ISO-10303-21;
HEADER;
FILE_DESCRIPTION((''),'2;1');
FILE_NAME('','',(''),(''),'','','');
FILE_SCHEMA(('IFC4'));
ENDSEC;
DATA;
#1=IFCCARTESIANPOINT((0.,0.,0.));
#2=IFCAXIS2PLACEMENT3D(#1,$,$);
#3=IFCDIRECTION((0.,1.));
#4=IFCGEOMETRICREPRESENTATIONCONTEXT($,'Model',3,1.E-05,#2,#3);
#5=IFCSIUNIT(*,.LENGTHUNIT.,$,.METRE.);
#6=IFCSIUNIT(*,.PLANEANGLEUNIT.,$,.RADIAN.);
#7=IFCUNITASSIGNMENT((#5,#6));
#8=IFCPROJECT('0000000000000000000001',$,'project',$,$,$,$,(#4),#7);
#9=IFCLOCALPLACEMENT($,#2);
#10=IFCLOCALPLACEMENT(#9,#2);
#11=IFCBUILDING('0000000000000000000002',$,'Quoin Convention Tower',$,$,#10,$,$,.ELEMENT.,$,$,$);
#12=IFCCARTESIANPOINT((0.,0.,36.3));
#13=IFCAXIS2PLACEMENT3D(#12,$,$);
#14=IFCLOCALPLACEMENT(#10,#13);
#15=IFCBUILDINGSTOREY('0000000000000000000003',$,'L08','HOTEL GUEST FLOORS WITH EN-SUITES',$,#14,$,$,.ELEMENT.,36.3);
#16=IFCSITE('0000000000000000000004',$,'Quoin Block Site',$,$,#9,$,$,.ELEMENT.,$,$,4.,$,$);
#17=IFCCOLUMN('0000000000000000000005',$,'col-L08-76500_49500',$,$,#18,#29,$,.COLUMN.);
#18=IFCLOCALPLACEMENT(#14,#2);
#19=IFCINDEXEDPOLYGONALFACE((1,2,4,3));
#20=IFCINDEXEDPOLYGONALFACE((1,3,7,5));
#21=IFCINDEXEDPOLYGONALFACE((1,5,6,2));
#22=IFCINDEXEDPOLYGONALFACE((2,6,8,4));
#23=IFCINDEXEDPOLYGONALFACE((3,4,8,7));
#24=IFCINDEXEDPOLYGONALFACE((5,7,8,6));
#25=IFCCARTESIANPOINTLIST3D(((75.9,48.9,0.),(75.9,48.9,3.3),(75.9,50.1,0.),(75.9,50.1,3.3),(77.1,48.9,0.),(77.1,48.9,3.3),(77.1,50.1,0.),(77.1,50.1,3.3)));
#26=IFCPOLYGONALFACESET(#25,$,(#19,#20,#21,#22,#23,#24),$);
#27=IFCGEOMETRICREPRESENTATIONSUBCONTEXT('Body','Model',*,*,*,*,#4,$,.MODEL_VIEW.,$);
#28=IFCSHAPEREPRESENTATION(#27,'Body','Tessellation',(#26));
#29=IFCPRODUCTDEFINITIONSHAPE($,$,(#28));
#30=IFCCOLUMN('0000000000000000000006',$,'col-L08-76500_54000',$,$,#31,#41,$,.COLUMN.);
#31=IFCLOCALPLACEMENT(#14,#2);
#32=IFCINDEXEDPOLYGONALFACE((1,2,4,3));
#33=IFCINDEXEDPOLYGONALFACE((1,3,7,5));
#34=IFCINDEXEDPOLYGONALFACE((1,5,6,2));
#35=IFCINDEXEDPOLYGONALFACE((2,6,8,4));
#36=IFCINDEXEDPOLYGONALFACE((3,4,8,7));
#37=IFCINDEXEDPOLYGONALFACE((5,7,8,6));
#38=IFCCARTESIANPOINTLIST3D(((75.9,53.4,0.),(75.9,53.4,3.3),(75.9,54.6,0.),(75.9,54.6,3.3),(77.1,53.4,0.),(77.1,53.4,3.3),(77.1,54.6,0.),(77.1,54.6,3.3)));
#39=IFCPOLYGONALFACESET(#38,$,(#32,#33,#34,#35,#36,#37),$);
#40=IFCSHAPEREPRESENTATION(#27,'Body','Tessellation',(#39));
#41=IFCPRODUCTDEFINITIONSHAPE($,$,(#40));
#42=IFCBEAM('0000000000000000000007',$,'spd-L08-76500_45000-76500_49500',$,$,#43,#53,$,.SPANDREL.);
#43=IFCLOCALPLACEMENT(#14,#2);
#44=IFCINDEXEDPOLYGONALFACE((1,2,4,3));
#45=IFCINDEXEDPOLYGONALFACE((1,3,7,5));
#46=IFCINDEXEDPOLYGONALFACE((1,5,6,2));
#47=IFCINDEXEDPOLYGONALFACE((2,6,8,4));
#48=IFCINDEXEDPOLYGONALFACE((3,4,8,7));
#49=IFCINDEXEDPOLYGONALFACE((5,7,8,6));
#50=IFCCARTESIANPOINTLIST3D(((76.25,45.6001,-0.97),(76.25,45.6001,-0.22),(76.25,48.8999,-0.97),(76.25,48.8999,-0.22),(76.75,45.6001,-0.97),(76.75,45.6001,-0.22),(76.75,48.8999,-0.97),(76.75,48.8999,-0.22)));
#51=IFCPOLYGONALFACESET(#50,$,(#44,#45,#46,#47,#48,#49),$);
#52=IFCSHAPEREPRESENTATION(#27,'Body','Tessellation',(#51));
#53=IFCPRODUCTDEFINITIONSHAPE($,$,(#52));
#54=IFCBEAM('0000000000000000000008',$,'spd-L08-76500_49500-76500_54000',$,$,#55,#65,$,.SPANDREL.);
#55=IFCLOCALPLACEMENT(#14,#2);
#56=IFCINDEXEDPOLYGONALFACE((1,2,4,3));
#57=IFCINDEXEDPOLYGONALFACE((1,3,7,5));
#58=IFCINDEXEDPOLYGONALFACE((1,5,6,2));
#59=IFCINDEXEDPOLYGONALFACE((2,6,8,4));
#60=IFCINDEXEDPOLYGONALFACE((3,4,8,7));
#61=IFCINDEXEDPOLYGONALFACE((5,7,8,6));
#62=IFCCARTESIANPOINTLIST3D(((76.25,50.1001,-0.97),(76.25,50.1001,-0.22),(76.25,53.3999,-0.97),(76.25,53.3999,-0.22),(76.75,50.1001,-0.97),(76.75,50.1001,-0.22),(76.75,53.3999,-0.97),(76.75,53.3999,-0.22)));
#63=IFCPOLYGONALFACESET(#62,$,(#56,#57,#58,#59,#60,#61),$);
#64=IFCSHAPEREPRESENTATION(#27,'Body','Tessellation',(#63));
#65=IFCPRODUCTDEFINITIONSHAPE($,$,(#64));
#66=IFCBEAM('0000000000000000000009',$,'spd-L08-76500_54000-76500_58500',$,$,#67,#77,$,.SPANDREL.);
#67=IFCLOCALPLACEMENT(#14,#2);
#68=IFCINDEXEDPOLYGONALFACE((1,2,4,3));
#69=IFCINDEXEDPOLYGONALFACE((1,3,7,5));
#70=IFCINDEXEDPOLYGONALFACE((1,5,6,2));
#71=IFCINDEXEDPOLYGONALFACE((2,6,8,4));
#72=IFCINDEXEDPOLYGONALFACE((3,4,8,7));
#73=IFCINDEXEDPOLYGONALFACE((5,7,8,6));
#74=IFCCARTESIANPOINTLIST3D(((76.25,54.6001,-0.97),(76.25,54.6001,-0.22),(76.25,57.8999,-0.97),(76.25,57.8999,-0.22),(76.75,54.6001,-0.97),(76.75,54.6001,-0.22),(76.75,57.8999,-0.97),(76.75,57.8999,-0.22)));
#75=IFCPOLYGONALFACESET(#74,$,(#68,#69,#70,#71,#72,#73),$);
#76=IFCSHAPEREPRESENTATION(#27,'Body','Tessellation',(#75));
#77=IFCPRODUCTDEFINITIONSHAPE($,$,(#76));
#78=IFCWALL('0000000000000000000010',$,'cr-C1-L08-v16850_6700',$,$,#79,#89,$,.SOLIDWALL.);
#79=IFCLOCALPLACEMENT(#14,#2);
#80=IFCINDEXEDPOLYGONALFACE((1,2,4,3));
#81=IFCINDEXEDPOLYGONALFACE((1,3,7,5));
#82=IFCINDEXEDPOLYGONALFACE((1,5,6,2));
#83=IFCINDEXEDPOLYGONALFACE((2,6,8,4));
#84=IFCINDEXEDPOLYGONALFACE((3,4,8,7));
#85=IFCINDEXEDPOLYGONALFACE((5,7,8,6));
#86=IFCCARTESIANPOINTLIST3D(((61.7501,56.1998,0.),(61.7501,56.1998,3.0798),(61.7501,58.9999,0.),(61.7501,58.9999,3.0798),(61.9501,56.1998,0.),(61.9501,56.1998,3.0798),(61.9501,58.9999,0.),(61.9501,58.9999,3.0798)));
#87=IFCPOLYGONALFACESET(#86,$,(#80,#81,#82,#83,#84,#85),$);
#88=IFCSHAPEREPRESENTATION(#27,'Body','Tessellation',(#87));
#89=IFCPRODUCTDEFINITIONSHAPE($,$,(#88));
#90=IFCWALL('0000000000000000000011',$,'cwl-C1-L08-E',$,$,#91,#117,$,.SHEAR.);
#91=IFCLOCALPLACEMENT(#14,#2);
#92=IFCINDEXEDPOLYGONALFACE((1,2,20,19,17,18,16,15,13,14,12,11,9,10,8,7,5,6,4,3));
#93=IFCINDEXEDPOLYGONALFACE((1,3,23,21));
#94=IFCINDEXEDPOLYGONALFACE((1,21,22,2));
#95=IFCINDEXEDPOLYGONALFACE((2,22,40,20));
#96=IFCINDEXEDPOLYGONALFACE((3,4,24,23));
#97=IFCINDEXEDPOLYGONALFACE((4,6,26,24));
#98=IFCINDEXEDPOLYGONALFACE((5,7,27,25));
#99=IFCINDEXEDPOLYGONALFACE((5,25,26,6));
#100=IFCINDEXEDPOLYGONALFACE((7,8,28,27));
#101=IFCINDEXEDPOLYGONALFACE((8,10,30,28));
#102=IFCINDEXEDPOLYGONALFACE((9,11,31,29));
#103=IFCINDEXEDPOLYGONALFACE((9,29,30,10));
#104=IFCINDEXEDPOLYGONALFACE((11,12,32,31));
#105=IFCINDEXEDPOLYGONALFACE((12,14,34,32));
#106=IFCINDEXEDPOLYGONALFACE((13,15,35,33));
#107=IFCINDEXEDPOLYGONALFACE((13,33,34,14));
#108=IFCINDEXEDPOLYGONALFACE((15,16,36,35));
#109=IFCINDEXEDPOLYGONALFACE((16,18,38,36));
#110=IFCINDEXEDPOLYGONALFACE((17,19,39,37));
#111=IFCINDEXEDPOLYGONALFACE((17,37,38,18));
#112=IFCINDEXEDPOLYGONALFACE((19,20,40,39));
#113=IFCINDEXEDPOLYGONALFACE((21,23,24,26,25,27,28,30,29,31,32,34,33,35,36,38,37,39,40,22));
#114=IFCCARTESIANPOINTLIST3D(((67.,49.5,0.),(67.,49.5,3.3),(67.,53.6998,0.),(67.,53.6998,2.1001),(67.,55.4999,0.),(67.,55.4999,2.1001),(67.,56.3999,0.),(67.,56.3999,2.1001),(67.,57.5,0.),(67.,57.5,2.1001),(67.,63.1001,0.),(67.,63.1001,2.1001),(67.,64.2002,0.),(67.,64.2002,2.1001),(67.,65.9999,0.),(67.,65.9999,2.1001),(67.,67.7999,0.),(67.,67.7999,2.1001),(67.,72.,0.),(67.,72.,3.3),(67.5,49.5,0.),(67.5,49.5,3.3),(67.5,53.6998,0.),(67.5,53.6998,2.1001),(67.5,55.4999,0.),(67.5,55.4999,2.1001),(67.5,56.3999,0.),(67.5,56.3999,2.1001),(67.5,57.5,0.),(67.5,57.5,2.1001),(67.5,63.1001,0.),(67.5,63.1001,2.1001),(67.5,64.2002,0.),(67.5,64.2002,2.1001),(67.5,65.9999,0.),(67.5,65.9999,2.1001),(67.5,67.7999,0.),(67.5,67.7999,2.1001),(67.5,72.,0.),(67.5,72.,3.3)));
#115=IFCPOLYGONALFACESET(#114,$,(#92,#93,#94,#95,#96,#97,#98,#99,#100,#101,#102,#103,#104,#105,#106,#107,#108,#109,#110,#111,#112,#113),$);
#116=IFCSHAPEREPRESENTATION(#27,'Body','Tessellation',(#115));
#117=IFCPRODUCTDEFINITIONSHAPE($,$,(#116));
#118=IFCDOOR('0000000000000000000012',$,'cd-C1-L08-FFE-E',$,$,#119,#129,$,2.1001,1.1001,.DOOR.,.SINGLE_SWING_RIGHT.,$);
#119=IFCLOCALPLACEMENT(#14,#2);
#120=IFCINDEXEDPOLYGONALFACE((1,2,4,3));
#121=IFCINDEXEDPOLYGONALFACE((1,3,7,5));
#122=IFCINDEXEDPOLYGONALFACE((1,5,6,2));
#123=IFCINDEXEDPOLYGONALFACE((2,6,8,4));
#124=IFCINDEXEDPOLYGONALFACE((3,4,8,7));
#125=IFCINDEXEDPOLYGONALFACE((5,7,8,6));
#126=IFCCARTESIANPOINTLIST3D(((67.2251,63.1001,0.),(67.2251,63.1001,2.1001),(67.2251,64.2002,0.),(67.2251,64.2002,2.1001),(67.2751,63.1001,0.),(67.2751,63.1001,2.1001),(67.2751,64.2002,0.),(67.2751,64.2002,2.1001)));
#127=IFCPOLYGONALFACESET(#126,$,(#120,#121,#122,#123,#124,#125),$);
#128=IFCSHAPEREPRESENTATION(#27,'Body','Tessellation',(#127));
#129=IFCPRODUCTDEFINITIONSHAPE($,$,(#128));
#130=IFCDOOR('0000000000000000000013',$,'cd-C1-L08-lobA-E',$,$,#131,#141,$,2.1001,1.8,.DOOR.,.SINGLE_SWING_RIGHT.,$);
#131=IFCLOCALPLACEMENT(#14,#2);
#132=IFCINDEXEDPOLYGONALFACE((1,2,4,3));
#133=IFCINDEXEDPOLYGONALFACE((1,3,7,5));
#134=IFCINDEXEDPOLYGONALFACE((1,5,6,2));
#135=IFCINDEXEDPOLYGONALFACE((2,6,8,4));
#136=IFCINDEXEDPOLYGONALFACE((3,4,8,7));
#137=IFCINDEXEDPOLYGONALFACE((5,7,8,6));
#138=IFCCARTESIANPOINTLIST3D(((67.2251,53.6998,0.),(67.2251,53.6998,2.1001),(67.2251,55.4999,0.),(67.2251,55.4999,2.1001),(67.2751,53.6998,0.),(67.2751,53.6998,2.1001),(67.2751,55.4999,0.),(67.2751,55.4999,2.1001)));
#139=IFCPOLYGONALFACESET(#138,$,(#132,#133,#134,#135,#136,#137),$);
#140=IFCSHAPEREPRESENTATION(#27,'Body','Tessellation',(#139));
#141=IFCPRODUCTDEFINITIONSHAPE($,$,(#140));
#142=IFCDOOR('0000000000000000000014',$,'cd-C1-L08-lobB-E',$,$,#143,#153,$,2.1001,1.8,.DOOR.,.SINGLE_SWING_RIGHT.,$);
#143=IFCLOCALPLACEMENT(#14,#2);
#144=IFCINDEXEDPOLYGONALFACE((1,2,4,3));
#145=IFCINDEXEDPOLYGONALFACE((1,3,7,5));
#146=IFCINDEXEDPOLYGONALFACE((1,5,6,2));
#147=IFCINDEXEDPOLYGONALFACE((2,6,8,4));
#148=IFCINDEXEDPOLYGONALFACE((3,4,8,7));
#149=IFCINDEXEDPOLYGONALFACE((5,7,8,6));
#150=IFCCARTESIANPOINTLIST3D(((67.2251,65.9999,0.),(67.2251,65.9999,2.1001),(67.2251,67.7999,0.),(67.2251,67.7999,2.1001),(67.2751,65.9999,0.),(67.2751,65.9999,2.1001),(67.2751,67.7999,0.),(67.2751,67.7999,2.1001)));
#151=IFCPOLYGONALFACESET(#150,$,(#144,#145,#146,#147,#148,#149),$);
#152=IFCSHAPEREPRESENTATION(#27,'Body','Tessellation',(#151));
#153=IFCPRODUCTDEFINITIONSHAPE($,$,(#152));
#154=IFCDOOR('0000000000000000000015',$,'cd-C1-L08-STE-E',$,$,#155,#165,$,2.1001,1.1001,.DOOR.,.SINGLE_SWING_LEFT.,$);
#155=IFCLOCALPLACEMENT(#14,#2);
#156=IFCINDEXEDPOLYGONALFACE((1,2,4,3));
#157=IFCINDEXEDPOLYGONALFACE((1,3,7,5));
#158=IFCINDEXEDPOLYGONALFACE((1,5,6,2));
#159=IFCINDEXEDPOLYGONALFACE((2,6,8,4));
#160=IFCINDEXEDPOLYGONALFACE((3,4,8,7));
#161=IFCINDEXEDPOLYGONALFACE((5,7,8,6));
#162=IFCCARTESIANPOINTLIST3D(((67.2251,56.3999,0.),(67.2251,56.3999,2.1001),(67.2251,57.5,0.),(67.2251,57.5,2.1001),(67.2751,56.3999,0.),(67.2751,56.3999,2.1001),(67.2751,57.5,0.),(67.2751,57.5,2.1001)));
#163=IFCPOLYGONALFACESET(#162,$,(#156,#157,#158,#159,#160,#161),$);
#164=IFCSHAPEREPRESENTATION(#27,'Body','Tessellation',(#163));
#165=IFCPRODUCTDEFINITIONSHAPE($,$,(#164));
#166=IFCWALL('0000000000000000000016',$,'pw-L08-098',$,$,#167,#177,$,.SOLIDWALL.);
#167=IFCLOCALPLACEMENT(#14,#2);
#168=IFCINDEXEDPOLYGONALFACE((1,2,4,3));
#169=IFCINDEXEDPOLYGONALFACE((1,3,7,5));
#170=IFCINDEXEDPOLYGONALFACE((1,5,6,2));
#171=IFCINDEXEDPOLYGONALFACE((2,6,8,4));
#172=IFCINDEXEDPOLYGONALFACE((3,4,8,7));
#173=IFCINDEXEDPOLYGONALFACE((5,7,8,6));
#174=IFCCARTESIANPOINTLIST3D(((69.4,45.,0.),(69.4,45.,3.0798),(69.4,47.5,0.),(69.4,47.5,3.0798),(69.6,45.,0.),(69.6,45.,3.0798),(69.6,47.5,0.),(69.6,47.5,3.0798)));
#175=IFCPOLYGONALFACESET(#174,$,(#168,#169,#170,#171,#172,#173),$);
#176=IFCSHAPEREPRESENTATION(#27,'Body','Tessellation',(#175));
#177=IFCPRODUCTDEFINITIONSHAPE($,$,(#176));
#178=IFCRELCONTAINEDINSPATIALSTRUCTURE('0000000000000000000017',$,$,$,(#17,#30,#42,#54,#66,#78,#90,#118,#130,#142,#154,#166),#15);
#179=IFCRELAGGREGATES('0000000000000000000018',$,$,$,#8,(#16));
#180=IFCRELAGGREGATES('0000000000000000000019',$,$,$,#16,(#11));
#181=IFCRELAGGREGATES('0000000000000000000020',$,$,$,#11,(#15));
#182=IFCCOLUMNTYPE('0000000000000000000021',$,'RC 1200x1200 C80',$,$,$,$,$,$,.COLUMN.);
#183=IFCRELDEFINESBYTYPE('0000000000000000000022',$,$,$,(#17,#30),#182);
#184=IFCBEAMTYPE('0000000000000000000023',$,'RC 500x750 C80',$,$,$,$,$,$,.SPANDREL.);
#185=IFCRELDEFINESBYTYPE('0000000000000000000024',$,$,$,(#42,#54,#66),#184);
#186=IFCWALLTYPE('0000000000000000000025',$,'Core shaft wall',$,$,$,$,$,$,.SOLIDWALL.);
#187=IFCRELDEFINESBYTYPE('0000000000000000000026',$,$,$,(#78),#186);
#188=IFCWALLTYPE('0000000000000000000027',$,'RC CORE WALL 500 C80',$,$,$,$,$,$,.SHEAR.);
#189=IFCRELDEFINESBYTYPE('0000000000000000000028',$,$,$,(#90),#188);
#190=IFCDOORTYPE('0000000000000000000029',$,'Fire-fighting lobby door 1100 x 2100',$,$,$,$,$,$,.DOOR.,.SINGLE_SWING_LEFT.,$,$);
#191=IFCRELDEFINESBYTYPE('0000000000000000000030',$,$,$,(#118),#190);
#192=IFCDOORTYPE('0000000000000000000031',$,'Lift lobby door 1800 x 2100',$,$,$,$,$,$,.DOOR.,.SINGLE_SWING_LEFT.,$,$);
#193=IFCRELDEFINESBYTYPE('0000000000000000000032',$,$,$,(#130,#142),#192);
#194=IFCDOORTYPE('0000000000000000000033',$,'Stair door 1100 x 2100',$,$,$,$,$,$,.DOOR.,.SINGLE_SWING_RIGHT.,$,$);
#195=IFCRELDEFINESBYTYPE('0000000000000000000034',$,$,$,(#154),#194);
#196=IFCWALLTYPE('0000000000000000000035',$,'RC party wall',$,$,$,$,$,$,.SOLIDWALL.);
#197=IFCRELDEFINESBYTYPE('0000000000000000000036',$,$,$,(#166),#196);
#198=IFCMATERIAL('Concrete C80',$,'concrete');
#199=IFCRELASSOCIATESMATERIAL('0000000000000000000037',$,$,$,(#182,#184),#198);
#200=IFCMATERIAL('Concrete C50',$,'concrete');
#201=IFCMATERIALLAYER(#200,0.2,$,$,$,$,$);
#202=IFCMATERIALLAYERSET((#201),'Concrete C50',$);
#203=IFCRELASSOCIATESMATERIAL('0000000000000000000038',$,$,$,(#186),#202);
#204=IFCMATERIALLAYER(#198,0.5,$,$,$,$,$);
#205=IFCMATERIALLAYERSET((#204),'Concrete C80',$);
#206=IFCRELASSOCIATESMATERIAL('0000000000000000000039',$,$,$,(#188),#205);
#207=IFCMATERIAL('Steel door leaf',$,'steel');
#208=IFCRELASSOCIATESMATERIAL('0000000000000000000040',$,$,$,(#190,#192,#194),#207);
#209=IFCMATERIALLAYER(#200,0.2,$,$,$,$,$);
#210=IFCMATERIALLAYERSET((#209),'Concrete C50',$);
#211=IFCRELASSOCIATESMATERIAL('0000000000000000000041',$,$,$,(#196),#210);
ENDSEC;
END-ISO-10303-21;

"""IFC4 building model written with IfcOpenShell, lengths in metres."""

from ifc_helpers import new_model, si_unit, direction, frame, frame_2d, origin, origin_2d, place, context, subcontext, project, spatial, rectangle, extrude, material, layer, layer_set, material_profile, profile_set, type_object, element, fill, save


model = new_model("IFC4")

# Units and contexts
model_context = context("Model", 3, precision=1e-05, world=origin(), true_north=direction((0.0, 1.0)))
body_context = subcontext(model_context, "Body", "Model", "MODEL_VIEW")
ifc_project = project(units=[si_unit("LENGTHUNIT", "METRE"), si_unit("PLANEANGLEUNIT", "RADIAN")], contexts=[model_context])

# Site, building, storey
site_placement = place(None, origin())
site = spatial("IfcSite", under=ifc_project, at=site_placement, Name="Quoin Block Site", CompositionType="ELEMENT", RefElevation=4.0)
building_placement = place(site_placement, origin())
building = spatial("IfcBuilding", under=site, at=building_placement, Name="Quoin Convention Tower", CompositionType="ELEMENT")
storey_placement = place(building_placement, frame((0.0, 0.0, 36.3)))
storey = spatial("IfcBuildingStorey", under=building, at=storey_placement, Name="L08", Description="HOTEL GUEST FLOORS WITH EN-SUITES", CompositionType="ELEMENT", Elevation=36.3)

# Columns
ifc_material_1 = material(Name="Concrete C80", Category="concrete")
ifc_material_profile_1 = material_profile(ifc_material_1, rectangle(XDim=1.2, YDim=1.2, at=origin_2d()), Name="RC 1200x1200")
ifc_profile_set_1 = profile_set([ifc_material_profile_1], Name="Concrete C80")
column_type = type_object("IfcColumnType", Name="RC 1200x1200 C80", PredefinedType="COLUMN", material=ifc_profile_set_1)
for number, where, z_axis, x_axis, name in (
    (1, (76.5, 49.5, 0.0), (0.0, 0.0, 1.0), (1.0, 0.0, 0.0), "col-L08-76500_49500"),
    (2, (76.5, 54.0, 0.0), (0.0, 0.0, 1.0), (1.0, 0.0, 0.0), "col-L08-76500_54000"),
):
    element("IfcColumn", number, at=place(storey_placement, frame(where, z_axis=z_axis, x_axis=x_axis)), inside=storey, type_object=column_type, Name=name, PredefinedType="COLUMN", context=body_context, shape_type="SweptSolid", body=[
        extrude(rectangle(XDim=1.2, YDim=1.2, at=origin_2d()), origin(), (0.0, 0.0, 1.0), 3.3),
    ])

# Beams
ifc_material_profile_2 = material_profile(ifc_material_1, rectangle(XDim=0.5, YDim=0.75, at=origin_2d()), Name="RC 500x750")
ifc_profile_set_2 = profile_set([ifc_material_profile_2], Name="Concrete C80")
beam_type = type_object("IfcBeamType", Name="RC 500x750 C80", PredefinedType="SPANDREL", material=ifc_profile_set_2)
for number, where, z_axis, x_axis, name in (
    (3, (76.5, 45.6001, -0.595), (0.0, 1.0, 0.0), (-1.0, 0.0, 0.0), "spd-L08-76500_45000-76500_49500"),
    (4, (76.5, 50.1001, -0.595), (0.0, 1.0, 0.0), (-1.0, 0.0, 0.0), "spd-L08-76500_49500-76500_54000"),
    (5, (76.5, 54.6001, -0.595), (0.0, 1.0, 0.0), (-1.0, 0.0, 0.0), "spd-L08-76500_54000-76500_58500"),
):
    element("IfcBeam", number, at=place(storey_placement, frame(where, z_axis=z_axis, x_axis=x_axis)), inside=storey, type_object=beam_type, Name=name, PredefinedType="SPANDREL", context=body_context, shape_type="SweptSolid", body=[
        extrude(rectangle(XDim=0.5, YDim=0.75, at=origin_2d()), origin(), (0.0, 0.0, 1.0), 3.2998),
    ])

# Wall
ifc_material_2 = material(Name="Concrete C50", Category="concrete")
ifc_layer_1 = layer(ifc_material_2, 0.2)
ifc_layer_set_1 = layer_set([ifc_layer_1], Name="Concrete C50")
wall_type_1 = type_object("IfcWallType", Name="Core shaft wall", PredefinedType="SOLIDWALL", material=ifc_layer_set_1)
wall_1_placement = place(storey_placement, frame((61.8501, 56.2, 0.0), z_axis=(0.0, 0.0, 1.0), x_axis=(0.0, 1.0, 0.0)))
element("IfcWall", 6, at=wall_1_placement, inside=storey, type_object=wall_type_1, Name="cr-C1-L08-v16850_6700", PredefinedType="SOLIDWALL", context=body_context, shape_type="SweptSolid", body=[
    extrude(rectangle(XDim=2.8, YDim=0.2, at=frame_2d((1.3999, 0.0))), origin(), (0.0, 0.0, 1.0), 3.0798),
])

# Wall, openings, doors
ifc_layer_2 = layer(ifc_material_1, 0.5)
ifc_layer_set_2 = layer_set([ifc_layer_2], Name="Concrete C80")
wall_type_2 = type_object("IfcWallType", Name="RC CORE WALL 500 C80", PredefinedType="SHEAR", material=ifc_layer_set_2)
wall_2_placement = place(storey_placement, frame((67.25, 49.5, 0.0), z_axis=(0.0, 0.0, 1.0), x_axis=(0.0, 1.0, 0.0)))
wall_2 = element("IfcWall", 7, at=wall_2_placement, inside=storey, type_object=wall_type_2, Name="cwl-C1-L08-E", PredefinedType="SHEAR", context=body_context, shape_type="SweptSolid", body=[
    extrude(rectangle(XDim=22.5, YDim=0.5, at=frame_2d((11.25, 0.0))), origin(), (0.0, 0.0, 1.0), 3.3),
])
opening_1_placement = place(wall_2_placement, frame((4.2, 0.0, 0.0)))
opening_1 = element("IfcOpeningElement", 8, at=opening_1_placement, cuts=wall_2, PredefinedType="OPENING", context=body_context, shape_type="SweptSolid", body=[
    extrude(rectangle(XDim=1.8, YDim=2.1001, at=frame_2d((0.8999, 1.05))), frame((0.0, 0.26, 0.0), z_axis=(0.0, -1.0, 0.0), x_axis=(1.0, 0.0, 0.0)), (0.0, 0.0, 1.0), 0.52),
])
opening_2_placement = place(wall_2_placement, frame((6.8999, 0.0, 0.0)))
opening_2 = element("IfcOpeningElement", 9, at=opening_2_placement, cuts=wall_2, PredefinedType="OPENING", context=body_context, shape_type="SweptSolid", body=[
    extrude(rectangle(XDim=1.1001, YDim=2.1001, at=frame_2d((0.55, 1.05))), frame((0.0, 0.26, 0.0), z_axis=(0.0, -1.0, 0.0), x_axis=(1.0, 0.0, 0.0)), (0.0, 0.0, 1.0), 0.52),
])
opening_3_placement = place(wall_2_placement, frame((13.6001, 0.0, 0.0)))
opening_3 = element("IfcOpeningElement", 10, at=opening_3_placement, cuts=wall_2, PredefinedType="OPENING", context=body_context, shape_type="SweptSolid", body=[
    extrude(rectangle(XDim=1.1001, YDim=2.1001, at=frame_2d((0.55, 1.05))), frame((0.0, 0.26, 0.0), z_axis=(0.0, -1.0, 0.0), x_axis=(1.0, 0.0, 0.0)), (0.0, 0.0, 1.0), 0.52),
])
opening_4_placement = place(wall_2_placement, frame((16.5, 0.0, 0.0)))
opening_4 = element("IfcOpeningElement", 11, at=opening_4_placement, cuts=wall_2, PredefinedType="OPENING", context=body_context, shape_type="SweptSolid", body=[
    extrude(rectangle(XDim=1.8, YDim=2.1001, at=frame_2d((0.8999, 1.05))), frame((0.0, 0.26, 0.0), z_axis=(0.0, -1.0, 0.0), x_axis=(1.0, 0.0, 0.0)), (0.0, 0.0, 1.0), 0.52),
])
ifc_material_3 = material(Name="Steel door leaf", Category="steel")
door_type_1 = type_object("IfcDoorType", Name="Fire-fighting lobby door 1100 x 2100", OperationType="SINGLE_SWING_LEFT", PredefinedType="DOOR", material=ifc_material_3)
door_1_placement = place(opening_3_placement, origin())
door_1 = element("IfcDoor", 12, at=door_1_placement, inside=storey, type_object=door_type_1, Name="cd-C1-L08-FFE-E", OperationType="SINGLE_SWING_RIGHT", OverallHeight=2.1001, OverallWidth=1.1001, PredefinedType="DOOR", context=body_context, shape_type="SweptSolid", body=[
    extrude(rectangle(XDim=1.1001, YDim=2.1001, at=frame_2d((0.55, 1.05))), frame((0.0, 0.0249, 0.0), z_axis=(0.0, -1.0, 0.0), x_axis=(1.0, 0.0, 0.0)), (0.0, 0.0, 1.0), 0.05),
])
fill(opening_3, door_1)
door_type_2 = type_object("IfcDoorType", Name="Lift lobby door 1800 x 2100", OperationType="SINGLE_SWING_LEFT", PredefinedType="DOOR", material=ifc_material_3)
door_2_placement = place(opening_1_placement, origin())
door_2 = element("IfcDoor", 13, at=door_2_placement, inside=storey, type_object=door_type_2, Name="cd-C1-L08-lobA-E", OperationType="SINGLE_SWING_RIGHT", OverallHeight=2.1001, OverallWidth=1.8, PredefinedType="DOOR", context=body_context, shape_type="SweptSolid", body=[
    extrude(rectangle(XDim=1.8, YDim=2.1001, at=frame_2d((0.8999, 1.05))), frame((0.0, 0.0249, 0.0), z_axis=(0.0, -1.0, 0.0), x_axis=(1.0, 0.0, 0.0)), (0.0, 0.0, 1.0), 0.05),
])
fill(opening_1, door_2)
door_3_placement = place(opening_4_placement, origin())
door_3 = element("IfcDoor", 14, at=door_3_placement, inside=storey, type_object=door_type_2, Name="cd-C1-L08-lobB-E", OperationType="SINGLE_SWING_RIGHT", OverallHeight=2.1001, OverallWidth=1.8, PredefinedType="DOOR", context=body_context, shape_type="SweptSolid", body=[
    extrude(rectangle(XDim=1.8, YDim=2.1001, at=frame_2d((0.8999, 1.05))), frame((0.0, 0.0249, 0.0), z_axis=(0.0, -1.0, 0.0), x_axis=(1.0, 0.0, 0.0)), (0.0, 0.0, 1.0), 0.05),
])
fill(opening_4, door_3)
door_type_3 = type_object("IfcDoorType", Name="Stair door 1100 x 2100", OperationType="SINGLE_SWING_RIGHT", PredefinedType="DOOR", material=ifc_material_3)
door_4_placement = place(opening_2_placement, origin())
door_4 = element("IfcDoor", 15, at=door_4_placement, inside=storey, type_object=door_type_3, Name="cd-C1-L08-STE-E", OperationType="SINGLE_SWING_LEFT", OverallHeight=2.1001, OverallWidth=1.1001, PredefinedType="DOOR", context=body_context, shape_type="SweptSolid", body=[
    extrude(rectangle(XDim=1.1001, YDim=2.1001, at=frame_2d((0.55, 1.05))), frame((0.0, 0.0249, 0.0), z_axis=(0.0, -1.0, 0.0), x_axis=(1.0, 0.0, 0.0)), (0.0, 0.0, 1.0), 0.05),
])
fill(opening_2, door_4)

# Wall
ifc_layer_3 = layer(ifc_material_2, 0.2)
ifc_layer_set_3 = layer_set([ifc_layer_3], Name="Concrete C50")
wall_type_3 = type_object("IfcWallType", Name="RC party wall", PredefinedType="SOLIDWALL", material=ifc_layer_set_3)
wall_3_placement = place(storey_placement, frame((69.5, 45.0, 0.0), z_axis=(0.0, 0.0, 1.0), x_axis=(0.0, 1.0, 0.0)))
element("IfcWall", 16, at=wall_3_placement, inside=storey, type_object=wall_type_3, Name="pw-L08-098", PredefinedType="SOLIDWALL", context=body_context, shape_type="SweptSolid", body=[
    extrude(rectangle(XDim=2.5, YDim=0.2, at=frame_2d((1.25, 0.0))), origin(), (0.0, 0.0, 1.0), 3.0798),
])

save(model, "model.ifc")
